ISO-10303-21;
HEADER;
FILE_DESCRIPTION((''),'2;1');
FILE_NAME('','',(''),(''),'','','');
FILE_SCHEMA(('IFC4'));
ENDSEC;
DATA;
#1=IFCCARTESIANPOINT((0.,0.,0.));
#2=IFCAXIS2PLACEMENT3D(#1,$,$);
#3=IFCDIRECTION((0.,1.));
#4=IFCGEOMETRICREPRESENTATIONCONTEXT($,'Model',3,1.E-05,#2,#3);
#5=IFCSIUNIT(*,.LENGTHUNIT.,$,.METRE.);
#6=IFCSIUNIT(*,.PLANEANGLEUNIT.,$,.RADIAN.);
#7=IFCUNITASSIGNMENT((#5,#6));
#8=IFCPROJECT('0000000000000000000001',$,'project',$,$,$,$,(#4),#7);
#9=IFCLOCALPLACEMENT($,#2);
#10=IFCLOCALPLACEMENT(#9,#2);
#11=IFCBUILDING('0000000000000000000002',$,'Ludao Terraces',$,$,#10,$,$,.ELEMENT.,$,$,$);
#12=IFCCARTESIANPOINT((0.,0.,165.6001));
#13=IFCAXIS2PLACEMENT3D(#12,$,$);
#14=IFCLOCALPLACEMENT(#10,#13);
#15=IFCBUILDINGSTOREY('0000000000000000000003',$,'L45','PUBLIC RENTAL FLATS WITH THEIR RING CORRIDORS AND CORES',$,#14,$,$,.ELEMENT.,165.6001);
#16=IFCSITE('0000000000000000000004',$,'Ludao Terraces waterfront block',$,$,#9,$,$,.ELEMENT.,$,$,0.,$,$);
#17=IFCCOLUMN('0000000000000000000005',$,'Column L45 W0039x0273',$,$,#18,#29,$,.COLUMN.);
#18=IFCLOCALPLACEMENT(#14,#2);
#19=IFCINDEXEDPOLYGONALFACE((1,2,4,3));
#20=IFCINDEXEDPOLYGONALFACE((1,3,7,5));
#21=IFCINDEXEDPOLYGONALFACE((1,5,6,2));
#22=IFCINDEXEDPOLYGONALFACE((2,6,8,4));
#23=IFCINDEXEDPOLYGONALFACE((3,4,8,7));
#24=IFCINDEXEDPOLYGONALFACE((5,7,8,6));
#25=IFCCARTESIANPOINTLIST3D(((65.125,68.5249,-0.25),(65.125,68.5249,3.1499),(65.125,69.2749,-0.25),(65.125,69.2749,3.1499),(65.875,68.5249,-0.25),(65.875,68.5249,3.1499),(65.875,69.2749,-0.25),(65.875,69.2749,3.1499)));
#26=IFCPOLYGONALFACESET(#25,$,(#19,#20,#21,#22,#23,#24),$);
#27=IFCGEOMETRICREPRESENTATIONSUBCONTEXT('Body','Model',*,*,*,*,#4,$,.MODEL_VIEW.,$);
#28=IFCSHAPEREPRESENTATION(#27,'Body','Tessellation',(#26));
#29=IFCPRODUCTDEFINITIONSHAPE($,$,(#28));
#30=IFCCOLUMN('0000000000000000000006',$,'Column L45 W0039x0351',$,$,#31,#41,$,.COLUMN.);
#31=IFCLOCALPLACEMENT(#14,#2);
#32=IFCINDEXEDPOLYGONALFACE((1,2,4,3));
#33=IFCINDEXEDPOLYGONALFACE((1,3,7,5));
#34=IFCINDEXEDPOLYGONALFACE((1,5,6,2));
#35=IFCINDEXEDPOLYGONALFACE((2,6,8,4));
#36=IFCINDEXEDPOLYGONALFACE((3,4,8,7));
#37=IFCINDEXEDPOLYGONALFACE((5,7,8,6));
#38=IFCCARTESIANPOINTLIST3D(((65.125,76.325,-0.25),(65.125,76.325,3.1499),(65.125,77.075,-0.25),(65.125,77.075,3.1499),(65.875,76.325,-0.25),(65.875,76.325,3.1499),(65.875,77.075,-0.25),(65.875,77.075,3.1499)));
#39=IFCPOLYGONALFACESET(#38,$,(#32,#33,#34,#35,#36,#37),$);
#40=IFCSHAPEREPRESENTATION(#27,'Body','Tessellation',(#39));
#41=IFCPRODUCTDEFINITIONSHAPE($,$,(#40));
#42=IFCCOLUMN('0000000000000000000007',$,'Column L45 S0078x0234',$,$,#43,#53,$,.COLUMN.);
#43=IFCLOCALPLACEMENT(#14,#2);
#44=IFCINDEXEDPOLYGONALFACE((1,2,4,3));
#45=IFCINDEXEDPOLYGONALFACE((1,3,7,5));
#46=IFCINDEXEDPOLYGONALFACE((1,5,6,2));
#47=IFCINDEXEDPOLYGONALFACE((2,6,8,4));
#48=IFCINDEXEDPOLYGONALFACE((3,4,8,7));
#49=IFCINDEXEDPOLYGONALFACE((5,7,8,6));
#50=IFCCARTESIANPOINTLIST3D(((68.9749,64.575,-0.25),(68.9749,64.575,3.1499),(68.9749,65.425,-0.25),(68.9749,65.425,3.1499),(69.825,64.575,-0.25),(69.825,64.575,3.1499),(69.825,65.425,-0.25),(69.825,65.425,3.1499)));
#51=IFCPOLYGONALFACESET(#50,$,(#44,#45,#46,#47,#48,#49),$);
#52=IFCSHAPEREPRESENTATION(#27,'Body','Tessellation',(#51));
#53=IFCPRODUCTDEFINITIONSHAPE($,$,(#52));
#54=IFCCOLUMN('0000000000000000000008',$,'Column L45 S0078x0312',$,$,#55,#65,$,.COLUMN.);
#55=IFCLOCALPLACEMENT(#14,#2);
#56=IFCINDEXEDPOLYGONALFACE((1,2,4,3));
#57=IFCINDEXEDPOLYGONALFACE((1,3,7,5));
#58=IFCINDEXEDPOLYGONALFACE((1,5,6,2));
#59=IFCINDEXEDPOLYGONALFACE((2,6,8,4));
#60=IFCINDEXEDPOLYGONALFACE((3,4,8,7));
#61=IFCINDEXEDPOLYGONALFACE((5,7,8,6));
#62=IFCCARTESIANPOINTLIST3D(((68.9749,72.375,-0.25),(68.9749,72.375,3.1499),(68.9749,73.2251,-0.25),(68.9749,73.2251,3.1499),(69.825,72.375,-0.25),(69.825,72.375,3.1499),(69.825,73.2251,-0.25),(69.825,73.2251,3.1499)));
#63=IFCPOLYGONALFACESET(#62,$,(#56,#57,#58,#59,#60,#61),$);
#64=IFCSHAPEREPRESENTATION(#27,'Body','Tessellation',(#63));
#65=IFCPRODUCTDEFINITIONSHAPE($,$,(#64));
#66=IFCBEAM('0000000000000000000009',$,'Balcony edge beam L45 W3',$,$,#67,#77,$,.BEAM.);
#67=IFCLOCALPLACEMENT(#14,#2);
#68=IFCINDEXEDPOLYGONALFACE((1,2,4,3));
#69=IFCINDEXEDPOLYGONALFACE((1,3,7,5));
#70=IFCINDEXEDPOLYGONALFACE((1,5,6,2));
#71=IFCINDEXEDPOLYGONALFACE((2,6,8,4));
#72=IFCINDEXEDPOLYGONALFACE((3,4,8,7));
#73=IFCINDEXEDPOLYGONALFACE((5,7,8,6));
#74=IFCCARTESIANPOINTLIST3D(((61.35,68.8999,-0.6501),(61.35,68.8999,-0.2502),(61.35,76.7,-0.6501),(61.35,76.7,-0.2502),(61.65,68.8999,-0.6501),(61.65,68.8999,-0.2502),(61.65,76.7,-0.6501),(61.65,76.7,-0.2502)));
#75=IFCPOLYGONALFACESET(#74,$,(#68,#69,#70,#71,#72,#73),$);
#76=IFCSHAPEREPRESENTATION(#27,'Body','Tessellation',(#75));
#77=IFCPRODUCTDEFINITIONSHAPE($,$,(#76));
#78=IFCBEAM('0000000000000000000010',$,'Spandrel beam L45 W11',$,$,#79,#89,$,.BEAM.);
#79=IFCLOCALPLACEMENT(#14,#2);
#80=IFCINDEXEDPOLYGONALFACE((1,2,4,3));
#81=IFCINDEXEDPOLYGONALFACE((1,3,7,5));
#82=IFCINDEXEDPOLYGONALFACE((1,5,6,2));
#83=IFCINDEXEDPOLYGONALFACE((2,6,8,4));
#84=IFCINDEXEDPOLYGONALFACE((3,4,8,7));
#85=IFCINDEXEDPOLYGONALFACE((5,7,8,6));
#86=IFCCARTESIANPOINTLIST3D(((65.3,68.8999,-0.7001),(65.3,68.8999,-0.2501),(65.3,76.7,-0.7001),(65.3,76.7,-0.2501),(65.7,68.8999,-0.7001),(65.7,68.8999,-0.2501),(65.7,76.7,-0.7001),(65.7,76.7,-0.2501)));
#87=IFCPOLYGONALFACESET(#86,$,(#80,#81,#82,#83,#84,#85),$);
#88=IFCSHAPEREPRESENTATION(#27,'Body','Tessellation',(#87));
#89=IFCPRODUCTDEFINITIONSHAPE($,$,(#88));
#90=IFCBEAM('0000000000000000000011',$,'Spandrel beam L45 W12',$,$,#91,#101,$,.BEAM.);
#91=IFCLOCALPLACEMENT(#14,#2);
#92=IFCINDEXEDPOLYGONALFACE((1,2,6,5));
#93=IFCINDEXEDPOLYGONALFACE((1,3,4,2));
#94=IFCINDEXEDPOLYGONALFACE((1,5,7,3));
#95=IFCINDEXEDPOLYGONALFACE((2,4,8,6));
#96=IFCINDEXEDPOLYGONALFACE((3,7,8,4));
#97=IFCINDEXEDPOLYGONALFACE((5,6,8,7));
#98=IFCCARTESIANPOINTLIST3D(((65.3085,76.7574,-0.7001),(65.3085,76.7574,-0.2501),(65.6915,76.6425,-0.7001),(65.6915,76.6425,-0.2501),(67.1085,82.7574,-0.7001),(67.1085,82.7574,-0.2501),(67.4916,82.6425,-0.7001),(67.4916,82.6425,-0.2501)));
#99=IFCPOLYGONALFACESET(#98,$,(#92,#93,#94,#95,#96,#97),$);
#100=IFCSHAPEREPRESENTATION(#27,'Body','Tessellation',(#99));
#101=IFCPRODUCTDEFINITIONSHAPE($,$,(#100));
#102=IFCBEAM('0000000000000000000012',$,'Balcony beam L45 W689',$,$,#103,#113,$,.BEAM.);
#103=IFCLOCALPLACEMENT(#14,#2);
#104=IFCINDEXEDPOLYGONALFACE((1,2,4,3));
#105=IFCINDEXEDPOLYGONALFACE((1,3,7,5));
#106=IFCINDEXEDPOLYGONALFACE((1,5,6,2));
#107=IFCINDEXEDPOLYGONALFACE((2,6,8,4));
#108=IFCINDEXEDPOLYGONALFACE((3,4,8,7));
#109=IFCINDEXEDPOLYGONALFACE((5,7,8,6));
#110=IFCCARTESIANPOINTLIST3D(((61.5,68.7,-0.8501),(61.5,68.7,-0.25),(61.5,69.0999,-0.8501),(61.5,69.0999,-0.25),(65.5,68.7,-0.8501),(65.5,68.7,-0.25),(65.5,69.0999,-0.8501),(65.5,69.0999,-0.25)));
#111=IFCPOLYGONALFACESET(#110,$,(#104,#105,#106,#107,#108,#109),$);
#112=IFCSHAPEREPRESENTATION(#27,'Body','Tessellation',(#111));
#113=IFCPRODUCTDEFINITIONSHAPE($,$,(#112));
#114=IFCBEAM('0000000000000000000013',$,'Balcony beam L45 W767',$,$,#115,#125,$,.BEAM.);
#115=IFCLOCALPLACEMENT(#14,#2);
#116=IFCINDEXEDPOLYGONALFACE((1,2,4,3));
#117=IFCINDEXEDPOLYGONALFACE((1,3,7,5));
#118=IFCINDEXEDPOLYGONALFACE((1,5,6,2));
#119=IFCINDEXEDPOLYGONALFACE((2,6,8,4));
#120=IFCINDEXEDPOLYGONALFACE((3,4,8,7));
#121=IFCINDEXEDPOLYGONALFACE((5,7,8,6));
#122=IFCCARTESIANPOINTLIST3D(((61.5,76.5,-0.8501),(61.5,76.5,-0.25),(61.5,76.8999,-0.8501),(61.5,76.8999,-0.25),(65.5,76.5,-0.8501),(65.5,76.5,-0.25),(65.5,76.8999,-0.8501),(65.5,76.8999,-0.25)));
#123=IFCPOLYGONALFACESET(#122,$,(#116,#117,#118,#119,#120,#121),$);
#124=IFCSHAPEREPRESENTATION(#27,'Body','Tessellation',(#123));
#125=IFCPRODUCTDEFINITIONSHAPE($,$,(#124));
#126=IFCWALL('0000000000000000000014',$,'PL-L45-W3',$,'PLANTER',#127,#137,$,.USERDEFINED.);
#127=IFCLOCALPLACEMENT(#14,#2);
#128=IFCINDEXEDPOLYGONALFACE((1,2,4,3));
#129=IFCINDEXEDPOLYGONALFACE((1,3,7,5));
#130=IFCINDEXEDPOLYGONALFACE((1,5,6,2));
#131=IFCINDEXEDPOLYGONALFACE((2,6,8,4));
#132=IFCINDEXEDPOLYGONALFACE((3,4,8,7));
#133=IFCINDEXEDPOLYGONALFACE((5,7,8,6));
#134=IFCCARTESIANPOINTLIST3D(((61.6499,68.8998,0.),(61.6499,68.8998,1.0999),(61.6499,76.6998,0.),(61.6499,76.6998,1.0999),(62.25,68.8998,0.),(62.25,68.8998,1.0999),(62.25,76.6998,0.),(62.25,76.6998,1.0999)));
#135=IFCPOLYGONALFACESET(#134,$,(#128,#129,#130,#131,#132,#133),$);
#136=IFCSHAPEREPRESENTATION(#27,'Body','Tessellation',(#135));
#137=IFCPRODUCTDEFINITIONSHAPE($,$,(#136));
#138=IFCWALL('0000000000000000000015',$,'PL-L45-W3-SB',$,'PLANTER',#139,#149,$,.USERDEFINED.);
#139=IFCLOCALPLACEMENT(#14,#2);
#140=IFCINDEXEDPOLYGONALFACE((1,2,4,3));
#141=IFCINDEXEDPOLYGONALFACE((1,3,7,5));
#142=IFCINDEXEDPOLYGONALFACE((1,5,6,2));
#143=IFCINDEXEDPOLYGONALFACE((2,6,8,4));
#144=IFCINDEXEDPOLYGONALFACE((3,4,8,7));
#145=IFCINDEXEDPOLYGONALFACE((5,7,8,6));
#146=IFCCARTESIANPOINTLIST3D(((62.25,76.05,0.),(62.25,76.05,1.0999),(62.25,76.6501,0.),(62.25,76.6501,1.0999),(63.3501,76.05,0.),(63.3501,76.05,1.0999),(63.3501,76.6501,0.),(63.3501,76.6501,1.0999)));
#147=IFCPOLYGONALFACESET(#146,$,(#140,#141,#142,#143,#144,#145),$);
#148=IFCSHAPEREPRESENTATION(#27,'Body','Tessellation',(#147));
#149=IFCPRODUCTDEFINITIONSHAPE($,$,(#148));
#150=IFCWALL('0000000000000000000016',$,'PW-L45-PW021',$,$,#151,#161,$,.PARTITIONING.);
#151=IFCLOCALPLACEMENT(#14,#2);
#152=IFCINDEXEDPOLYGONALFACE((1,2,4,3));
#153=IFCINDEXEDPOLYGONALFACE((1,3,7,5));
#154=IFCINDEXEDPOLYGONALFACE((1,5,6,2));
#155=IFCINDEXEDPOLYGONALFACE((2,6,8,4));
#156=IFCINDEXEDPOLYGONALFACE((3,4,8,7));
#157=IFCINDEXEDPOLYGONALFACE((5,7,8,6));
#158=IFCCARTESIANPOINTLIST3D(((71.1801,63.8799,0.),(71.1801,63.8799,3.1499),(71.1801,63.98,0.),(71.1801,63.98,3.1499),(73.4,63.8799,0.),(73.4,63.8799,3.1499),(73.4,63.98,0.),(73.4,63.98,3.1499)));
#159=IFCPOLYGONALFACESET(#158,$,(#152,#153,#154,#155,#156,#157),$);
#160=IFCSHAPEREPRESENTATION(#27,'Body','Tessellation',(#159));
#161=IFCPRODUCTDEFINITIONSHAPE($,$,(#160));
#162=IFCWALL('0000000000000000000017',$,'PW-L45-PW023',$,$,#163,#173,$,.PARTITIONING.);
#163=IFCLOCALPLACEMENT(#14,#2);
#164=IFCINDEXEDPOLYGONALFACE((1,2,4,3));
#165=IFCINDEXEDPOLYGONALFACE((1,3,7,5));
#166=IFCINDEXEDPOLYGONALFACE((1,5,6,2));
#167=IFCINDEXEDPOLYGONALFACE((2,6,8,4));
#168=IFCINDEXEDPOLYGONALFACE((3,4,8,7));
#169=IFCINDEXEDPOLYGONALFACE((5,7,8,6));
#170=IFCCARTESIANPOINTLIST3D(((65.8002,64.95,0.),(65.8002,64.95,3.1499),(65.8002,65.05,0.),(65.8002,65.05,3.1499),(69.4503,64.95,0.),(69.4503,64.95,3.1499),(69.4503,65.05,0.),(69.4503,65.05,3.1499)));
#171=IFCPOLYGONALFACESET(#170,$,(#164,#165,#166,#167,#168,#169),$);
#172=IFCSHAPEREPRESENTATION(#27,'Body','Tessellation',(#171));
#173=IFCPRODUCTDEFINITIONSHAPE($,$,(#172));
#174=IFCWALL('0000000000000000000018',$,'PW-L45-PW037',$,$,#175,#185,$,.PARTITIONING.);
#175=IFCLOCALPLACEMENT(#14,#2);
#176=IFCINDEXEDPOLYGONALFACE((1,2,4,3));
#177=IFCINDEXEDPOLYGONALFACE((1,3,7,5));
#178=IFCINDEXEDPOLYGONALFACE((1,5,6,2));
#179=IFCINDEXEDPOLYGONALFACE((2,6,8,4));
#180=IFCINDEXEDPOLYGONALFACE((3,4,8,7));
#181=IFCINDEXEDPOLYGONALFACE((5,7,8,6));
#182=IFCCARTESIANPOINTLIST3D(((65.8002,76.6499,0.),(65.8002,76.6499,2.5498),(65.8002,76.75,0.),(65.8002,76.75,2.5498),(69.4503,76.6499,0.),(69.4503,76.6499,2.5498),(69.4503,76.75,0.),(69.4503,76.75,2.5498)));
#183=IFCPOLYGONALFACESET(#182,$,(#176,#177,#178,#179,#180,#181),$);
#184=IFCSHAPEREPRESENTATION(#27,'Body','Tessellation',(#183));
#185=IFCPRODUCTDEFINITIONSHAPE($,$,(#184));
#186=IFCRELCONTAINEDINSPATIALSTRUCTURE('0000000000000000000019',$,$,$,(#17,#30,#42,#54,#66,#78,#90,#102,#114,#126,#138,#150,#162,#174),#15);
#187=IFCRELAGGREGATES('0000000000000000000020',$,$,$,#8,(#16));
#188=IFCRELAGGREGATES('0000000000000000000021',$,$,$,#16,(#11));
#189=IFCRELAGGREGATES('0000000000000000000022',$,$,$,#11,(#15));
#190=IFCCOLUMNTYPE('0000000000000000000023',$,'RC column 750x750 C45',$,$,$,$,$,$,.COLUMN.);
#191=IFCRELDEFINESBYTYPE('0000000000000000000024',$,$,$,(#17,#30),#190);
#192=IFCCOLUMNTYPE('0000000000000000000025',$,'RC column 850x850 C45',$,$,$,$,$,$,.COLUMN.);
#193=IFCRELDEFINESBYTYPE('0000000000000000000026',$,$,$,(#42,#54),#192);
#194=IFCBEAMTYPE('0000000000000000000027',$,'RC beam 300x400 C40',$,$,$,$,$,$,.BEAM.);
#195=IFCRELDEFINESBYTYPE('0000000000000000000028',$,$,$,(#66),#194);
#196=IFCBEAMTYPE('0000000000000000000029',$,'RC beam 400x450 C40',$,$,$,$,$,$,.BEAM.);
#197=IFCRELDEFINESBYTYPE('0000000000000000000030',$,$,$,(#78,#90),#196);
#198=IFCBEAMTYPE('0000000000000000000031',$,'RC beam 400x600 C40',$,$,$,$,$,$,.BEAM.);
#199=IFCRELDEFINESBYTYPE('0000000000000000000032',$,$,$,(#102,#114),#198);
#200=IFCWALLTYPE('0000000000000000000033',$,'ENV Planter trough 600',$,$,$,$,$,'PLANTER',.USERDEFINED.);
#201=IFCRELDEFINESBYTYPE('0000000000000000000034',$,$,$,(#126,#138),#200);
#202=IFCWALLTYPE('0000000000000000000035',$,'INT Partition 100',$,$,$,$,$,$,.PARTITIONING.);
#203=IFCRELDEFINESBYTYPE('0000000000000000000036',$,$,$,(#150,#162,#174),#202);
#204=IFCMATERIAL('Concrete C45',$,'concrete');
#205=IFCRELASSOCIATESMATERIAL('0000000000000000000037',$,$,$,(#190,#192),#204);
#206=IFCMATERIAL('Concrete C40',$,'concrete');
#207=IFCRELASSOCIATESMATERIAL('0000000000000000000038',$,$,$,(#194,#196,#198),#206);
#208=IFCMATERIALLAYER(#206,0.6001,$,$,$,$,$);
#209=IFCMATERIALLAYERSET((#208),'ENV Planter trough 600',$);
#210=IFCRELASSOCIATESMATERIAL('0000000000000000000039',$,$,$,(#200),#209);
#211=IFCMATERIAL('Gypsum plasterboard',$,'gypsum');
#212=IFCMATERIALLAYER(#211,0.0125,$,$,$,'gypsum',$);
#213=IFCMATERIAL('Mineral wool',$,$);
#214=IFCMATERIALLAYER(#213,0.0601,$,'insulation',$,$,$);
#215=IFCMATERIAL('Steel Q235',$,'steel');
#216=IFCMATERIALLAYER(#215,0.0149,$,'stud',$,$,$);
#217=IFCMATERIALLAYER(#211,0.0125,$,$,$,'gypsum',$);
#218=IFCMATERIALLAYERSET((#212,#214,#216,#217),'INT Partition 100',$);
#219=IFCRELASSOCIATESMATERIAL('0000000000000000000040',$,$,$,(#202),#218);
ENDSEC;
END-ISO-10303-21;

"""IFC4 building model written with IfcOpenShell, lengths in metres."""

from ifc_helpers import new_model, si_unit, direction, frame, frame_2d, origin, origin_2d, place, context, subcontext, project, spatial, rectangle, extrude, material, layer, layer_set, material_profile, profile_set, type_object, element, save


model = new_model("IFC4")

# Units and contexts
model_context = context("Model", 3, precision=1e-05, world=origin(), true_north=direction((0.0, 1.0)))
body_context = subcontext(model_context, "Body", "Model", "MODEL_VIEW")
ifc_project = project(units=[si_unit("LENGTHUNIT", "METRE"), si_unit("PLANEANGLEUNIT", "RADIAN")], contexts=[model_context])

# Site, building, storey
site_placement = place(None, origin())
site = spatial("IfcSite", under=ifc_project, at=site_placement, Name="Ludao Terraces waterfront block", CompositionType="ELEMENT", RefElevation=0.0)
building_placement = place(site_placement, origin())
building = spatial("IfcBuilding", under=site, at=building_placement, Name="Ludao Terraces", CompositionType="ELEMENT")
storey_placement = place(building_placement, frame((0.0, 0.0, 165.6001)))
storey = spatial("IfcBuildingStorey", under=building, at=storey_placement, Name="L45", Description="PUBLIC RENTAL FLATS WITH THEIR RING CORRIDORS AND CORES", CompositionType="ELEMENT", Elevation=165.6001)

# Columns
ifc_material_1 = material(Name="Concrete C45", Category="concrete")
ifc_material_profile_1 = material_profile(ifc_material_1, rectangle(XDim=0.75, YDim=0.75, at=origin_2d()), Name="750 X 750")
ifc_profile_set_1 = profile_set([ifc_material_profile_1], Name="Concrete C45")
column_type_1 = type_object("IfcColumnType", Name="RC column 750x750 C45", PredefinedType="COLUMN", material=ifc_profile_set_1)
for number, where, z_axis, x_axis, name in (
    (1, (65.5, 68.8999, -0.25), (0.0, 0.0, 1.0), (1.0, 0.0, 0.0), "Column L45 W0039x0273"),
    (2, (65.5, 76.7, -0.25), (0.0, 0.0, 1.0), (1.0, 0.0, 0.0), "Column L45 W0039x0351"),
):
    element("IfcColumn", number, at=place(storey_placement, frame(where, z_axis=z_axis, x_axis=x_axis)), inside=storey, type_object=column_type_1, Name=name, PredefinedType="COLUMN", context=body_context, shape_type="SweptSolid", body=[
        extrude(rectangle(XDim=0.75, YDim=0.75, at=origin_2d()), origin(), (0.0, 0.0, 1.0), 3.3999),
    ])
ifc_material_profile_2 = material_profile(ifc_material_1, rectangle(XDim=0.8501, YDim=0.8501, at=origin_2d()), Name="850 X 850")
ifc_profile_set_2 = profile_set([ifc_material_profile_2], Name="Concrete C45")
column_type_2 = type_object("IfcColumnType", Name="RC column 850x850 C45", PredefinedType="COLUMN", material=ifc_profile_set_2)
for number, where, z_axis, x_axis, name in (
    (3, (69.3999, 65.0, -0.25), (0.0, 0.0, 1.0), (1.0, 0.0, 0.0), "Column L45 S0078x0234"),
    (4, (69.3999, 72.8, -0.25), (0.0, 0.0, 1.0), (1.0, 0.0, 0.0), "Column L45 S0078x0312"),
):
    element("IfcColumn", number, at=place(storey_placement, frame(where, z_axis=z_axis, x_axis=x_axis)), inside=storey, type_object=column_type_2, Name=name, PredefinedType="COLUMN", context=body_context, shape_type="SweptSolid", body=[
        extrude(rectangle(XDim=0.8501, YDim=0.8501, at=origin_2d()), origin(), (0.0, 0.0, 1.0), 3.3999),
    ])

# Beams
ifc_material_2 = material(Name="Concrete C40", Category="concrete")
ifc_material_profile_3 = material_profile(ifc_material_2, rectangle(XDim=0.3, YDim=0.3999, at=origin_2d()), Name="300 X 400")
ifc_profile_set_3 = profile_set([ifc_material_profile_3], Name="Concrete C40")
beam_type_1 = type_object("IfcBeamType", Name="RC beam 300x400 C40", PredefinedType="BEAM", material=ifc_profile_set_3)
beam_1_placement = place(storey_placement, frame((61.5, 68.8999, -0.4502), z_axis=(0.0, 1.0, 0.0), x_axis=(-1.0, 0.0, 0.0)))
element("IfcBeam", 5, at=beam_1_placement, inside=storey, type_object=beam_type_1, Name="Balcony edge beam L45 W3", PredefinedType="BEAM", context=body_context, shape_type="SweptSolid", body=[
    extrude(rectangle(XDim=0.3, YDim=0.3999, at=origin_2d()), origin(), (0.0, 0.0, 1.0), 7.8),
])
ifc_material_profile_4 = material_profile(ifc_material_2, rectangle(XDim=0.3999, YDim=0.45, at=origin_2d()), Name="400 X 450")
ifc_profile_set_4 = profile_set([ifc_material_profile_4], Name="Concrete C40")
beam_type_2 = type_object("IfcBeamType", Name="RC beam 400x450 C40", PredefinedType="BEAM", material=ifc_profile_set_4)
beam_2_placement = place(storey_placement, frame((65.5, 68.8999, -0.4751), z_axis=(0.0, 1.0, 0.0), x_axis=(-1.0, 0.0, 0.0)))
element("IfcBeam", 6, at=beam_2_placement, inside=storey, type_object=beam_type_2, Name="Spandrel beam L45 W11", PredefinedType="BEAM", context=body_context, shape_type="SweptSolid", body=[
    extrude(rectangle(XDim=0.3999, YDim=0.45, at=origin_2d()), origin(), (0.0, 0.0, 1.0), 7.8),
])
beam_3_placement = place(storey_placement, frame((65.5, 76.7, -0.4751), z_axis=(0.287355, 0.957824, 0.0), x_axis=(-0.957824, 0.287355, 0.0)))
element("IfcBeam", 7, at=beam_3_placement, inside=storey, type_object=beam_type_2, Name="Spandrel beam L45 W12", PredefinedType="BEAM", context=body_context, shape_type="SweptSolid", body=[
    extrude(rectangle(XDim=0.3999, YDim=0.45, at=origin_2d()), origin(), (0.0, 0.0, 1.0), 6.2642),
])
ifc_material_profile_5 = material_profile(ifc_material_2, rectangle(XDim=0.3999, YDim=0.6001, at=origin_2d()), Name="400 X 600")
ifc_profile_set_5 = profile_set([ifc_material_profile_5], Name="Concrete C40")
beam_type_3 = type_object("IfcBeamType", Name="RC beam 400x600 C40", PredefinedType="BEAM", material=ifc_profile_set_5)
for number, where, z_axis, x_axis, name in (
    (8, (65.5, 68.8999, -0.55), (-1.0, 0.0, 0.0), (0.0, -1.0, 0.0), "Balcony beam L45 W689"),
    (9, (65.5, 76.7, -0.55), (-1.0, 0.0, 0.0), (0.0, -1.0, 0.0), "Balcony beam L45 W767"),
):
    element("IfcBeam", number, at=place(storey_placement, frame(where, z_axis=z_axis, x_axis=x_axis)), inside=storey, type_object=beam_type_3, Name=name, PredefinedType="BEAM", context=body_context, shape_type="SweptSolid", body=[
        extrude(rectangle(XDim=0.3999, YDim=0.6001, at=origin_2d()), origin(), (0.0, 0.0, 1.0), 4.0),
    ])

# Walls
ifc_layer_1 = layer(ifc_material_2, 0.6001)
ifc_layer_set_1 = layer_set([ifc_layer_1], Name="ENV Planter trough 600")
wall_type_1 = type_object("IfcWallType", Name="ENV Planter trough 600", ElementType="PLANTER", PredefinedType="USERDEFINED", material=ifc_layer_set_1)
wall_1_placement = place(storey_placement, frame((61.95, 68.8999, 0.0), z_axis=(0.0, 0.0, 1.0), x_axis=(0.0, 1.0, 0.0)))
element("IfcWall", 10, at=wall_1_placement, inside=storey, type_object=wall_type_1, Name="PL-L45-W3", ObjectType="PLANTER", PredefinedType="USERDEFINED", context=body_context, shape_type="SweptSolid", body=[
    extrude(rectangle(XDim=7.8, YDim=0.6001, at=frame_2d((3.8999, 0.0))), origin(), (0.0, 0.0, 1.0), 1.0999),
])
wall_2_placement = place(storey_placement, frame((62.25, 76.3501, 0.0), z_axis=(0.0, 0.0, 1.0), x_axis=(1.0, 0.0, 0.0)))
element("IfcWall", 11, at=wall_2_placement, inside=storey, type_object=wall_type_1, Name="PL-L45-W3-SB", ObjectType="PLANTER", PredefinedType="USERDEFINED", context=body_context, shape_type="SweptSolid", body=[
    extrude(rectangle(XDim=1.1001, YDim=0.6001, at=frame_2d((0.55, 0.0))), origin(), (0.0, 0.0, 1.0), 1.0999),
])

# Shared definitions
ifc_material_3 = material(Name="Mineral wool")

# Walls
ifc_material_4 = material(Name="Gypsum plasterboard", Category="gypsum")
ifc_layer_2 = layer(ifc_material_4, 0.0125, Category="gypsum")
ifc_layer_3 = layer(ifc_material_3, 0.0601, Name="insulation")
ifc_material_5 = material(Name="Steel Q235", Category="steel")
ifc_layer_4 = layer(ifc_material_5, 0.0149, Name="stud")
ifc_layer_5 = layer(ifc_material_4, 0.0125, Category="gypsum")
ifc_layer_set_2 = layer_set([ifc_layer_2, ifc_layer_3, ifc_layer_4, ifc_layer_5], Name="INT Partition 100")
wall_type_2 = type_object("IfcWallType", Name="INT Partition 100", PredefinedType="PARTITIONING", material=ifc_layer_set_2)
wall_3_placement = place(storey_placement, frame((71.1802, 63.9299, 0.0), z_axis=(0.0, 0.0, 1.0), x_axis=(1.0, 0.0, 0.0)))
element("IfcWall", 12, at=wall_3_placement, inside=storey, type_object=wall_type_2, Name="PW-L45-PW021", PredefinedType="PARTITIONING", context=body_context, shape_type="SweptSolid", body=[
    extrude(rectangle(XDim=2.22, YDim=0.1001, at=frame_2d((1.1099, 0.0))), origin(), (0.0, 0.0, 1.0), 3.1499),
])
wall_4_placement = place(storey_placement, frame((65.8, 65.0, 0.0), z_axis=(0.0, 0.0, 1.0), x_axis=(1.0, 0.0, 0.0)))
element("IfcWall", 13, at=wall_4_placement, inside=storey, type_object=wall_type_2, Name="PW-L45-PW023", PredefinedType="PARTITIONING", context=body_context, shape_type="SweptSolid", body=[
    extrude(rectangle(XDim=3.6501, YDim=0.1001, at=frame_2d((1.8252, 0.0))), origin(), (0.0, 0.0, 1.0), 3.1499),
])
wall_5_placement = place(storey_placement, frame((65.8, 76.7, 0.0), z_axis=(0.0, 0.0, 1.0), x_axis=(1.0, 0.0, 0.0)))
element("IfcWall", 14, at=wall_5_placement, inside=storey, type_object=wall_type_2, Name="PW-L45-PW037", PredefinedType="PARTITIONING", context=body_context, shape_type="SweptSolid", body=[
    extrude(rectangle(XDim=3.6501, YDim=0.1001, at=frame_2d((1.8252, 0.0))), origin(), (0.0, 0.0, 1.0), 2.5498),
])

save(model, "model.ifc")
